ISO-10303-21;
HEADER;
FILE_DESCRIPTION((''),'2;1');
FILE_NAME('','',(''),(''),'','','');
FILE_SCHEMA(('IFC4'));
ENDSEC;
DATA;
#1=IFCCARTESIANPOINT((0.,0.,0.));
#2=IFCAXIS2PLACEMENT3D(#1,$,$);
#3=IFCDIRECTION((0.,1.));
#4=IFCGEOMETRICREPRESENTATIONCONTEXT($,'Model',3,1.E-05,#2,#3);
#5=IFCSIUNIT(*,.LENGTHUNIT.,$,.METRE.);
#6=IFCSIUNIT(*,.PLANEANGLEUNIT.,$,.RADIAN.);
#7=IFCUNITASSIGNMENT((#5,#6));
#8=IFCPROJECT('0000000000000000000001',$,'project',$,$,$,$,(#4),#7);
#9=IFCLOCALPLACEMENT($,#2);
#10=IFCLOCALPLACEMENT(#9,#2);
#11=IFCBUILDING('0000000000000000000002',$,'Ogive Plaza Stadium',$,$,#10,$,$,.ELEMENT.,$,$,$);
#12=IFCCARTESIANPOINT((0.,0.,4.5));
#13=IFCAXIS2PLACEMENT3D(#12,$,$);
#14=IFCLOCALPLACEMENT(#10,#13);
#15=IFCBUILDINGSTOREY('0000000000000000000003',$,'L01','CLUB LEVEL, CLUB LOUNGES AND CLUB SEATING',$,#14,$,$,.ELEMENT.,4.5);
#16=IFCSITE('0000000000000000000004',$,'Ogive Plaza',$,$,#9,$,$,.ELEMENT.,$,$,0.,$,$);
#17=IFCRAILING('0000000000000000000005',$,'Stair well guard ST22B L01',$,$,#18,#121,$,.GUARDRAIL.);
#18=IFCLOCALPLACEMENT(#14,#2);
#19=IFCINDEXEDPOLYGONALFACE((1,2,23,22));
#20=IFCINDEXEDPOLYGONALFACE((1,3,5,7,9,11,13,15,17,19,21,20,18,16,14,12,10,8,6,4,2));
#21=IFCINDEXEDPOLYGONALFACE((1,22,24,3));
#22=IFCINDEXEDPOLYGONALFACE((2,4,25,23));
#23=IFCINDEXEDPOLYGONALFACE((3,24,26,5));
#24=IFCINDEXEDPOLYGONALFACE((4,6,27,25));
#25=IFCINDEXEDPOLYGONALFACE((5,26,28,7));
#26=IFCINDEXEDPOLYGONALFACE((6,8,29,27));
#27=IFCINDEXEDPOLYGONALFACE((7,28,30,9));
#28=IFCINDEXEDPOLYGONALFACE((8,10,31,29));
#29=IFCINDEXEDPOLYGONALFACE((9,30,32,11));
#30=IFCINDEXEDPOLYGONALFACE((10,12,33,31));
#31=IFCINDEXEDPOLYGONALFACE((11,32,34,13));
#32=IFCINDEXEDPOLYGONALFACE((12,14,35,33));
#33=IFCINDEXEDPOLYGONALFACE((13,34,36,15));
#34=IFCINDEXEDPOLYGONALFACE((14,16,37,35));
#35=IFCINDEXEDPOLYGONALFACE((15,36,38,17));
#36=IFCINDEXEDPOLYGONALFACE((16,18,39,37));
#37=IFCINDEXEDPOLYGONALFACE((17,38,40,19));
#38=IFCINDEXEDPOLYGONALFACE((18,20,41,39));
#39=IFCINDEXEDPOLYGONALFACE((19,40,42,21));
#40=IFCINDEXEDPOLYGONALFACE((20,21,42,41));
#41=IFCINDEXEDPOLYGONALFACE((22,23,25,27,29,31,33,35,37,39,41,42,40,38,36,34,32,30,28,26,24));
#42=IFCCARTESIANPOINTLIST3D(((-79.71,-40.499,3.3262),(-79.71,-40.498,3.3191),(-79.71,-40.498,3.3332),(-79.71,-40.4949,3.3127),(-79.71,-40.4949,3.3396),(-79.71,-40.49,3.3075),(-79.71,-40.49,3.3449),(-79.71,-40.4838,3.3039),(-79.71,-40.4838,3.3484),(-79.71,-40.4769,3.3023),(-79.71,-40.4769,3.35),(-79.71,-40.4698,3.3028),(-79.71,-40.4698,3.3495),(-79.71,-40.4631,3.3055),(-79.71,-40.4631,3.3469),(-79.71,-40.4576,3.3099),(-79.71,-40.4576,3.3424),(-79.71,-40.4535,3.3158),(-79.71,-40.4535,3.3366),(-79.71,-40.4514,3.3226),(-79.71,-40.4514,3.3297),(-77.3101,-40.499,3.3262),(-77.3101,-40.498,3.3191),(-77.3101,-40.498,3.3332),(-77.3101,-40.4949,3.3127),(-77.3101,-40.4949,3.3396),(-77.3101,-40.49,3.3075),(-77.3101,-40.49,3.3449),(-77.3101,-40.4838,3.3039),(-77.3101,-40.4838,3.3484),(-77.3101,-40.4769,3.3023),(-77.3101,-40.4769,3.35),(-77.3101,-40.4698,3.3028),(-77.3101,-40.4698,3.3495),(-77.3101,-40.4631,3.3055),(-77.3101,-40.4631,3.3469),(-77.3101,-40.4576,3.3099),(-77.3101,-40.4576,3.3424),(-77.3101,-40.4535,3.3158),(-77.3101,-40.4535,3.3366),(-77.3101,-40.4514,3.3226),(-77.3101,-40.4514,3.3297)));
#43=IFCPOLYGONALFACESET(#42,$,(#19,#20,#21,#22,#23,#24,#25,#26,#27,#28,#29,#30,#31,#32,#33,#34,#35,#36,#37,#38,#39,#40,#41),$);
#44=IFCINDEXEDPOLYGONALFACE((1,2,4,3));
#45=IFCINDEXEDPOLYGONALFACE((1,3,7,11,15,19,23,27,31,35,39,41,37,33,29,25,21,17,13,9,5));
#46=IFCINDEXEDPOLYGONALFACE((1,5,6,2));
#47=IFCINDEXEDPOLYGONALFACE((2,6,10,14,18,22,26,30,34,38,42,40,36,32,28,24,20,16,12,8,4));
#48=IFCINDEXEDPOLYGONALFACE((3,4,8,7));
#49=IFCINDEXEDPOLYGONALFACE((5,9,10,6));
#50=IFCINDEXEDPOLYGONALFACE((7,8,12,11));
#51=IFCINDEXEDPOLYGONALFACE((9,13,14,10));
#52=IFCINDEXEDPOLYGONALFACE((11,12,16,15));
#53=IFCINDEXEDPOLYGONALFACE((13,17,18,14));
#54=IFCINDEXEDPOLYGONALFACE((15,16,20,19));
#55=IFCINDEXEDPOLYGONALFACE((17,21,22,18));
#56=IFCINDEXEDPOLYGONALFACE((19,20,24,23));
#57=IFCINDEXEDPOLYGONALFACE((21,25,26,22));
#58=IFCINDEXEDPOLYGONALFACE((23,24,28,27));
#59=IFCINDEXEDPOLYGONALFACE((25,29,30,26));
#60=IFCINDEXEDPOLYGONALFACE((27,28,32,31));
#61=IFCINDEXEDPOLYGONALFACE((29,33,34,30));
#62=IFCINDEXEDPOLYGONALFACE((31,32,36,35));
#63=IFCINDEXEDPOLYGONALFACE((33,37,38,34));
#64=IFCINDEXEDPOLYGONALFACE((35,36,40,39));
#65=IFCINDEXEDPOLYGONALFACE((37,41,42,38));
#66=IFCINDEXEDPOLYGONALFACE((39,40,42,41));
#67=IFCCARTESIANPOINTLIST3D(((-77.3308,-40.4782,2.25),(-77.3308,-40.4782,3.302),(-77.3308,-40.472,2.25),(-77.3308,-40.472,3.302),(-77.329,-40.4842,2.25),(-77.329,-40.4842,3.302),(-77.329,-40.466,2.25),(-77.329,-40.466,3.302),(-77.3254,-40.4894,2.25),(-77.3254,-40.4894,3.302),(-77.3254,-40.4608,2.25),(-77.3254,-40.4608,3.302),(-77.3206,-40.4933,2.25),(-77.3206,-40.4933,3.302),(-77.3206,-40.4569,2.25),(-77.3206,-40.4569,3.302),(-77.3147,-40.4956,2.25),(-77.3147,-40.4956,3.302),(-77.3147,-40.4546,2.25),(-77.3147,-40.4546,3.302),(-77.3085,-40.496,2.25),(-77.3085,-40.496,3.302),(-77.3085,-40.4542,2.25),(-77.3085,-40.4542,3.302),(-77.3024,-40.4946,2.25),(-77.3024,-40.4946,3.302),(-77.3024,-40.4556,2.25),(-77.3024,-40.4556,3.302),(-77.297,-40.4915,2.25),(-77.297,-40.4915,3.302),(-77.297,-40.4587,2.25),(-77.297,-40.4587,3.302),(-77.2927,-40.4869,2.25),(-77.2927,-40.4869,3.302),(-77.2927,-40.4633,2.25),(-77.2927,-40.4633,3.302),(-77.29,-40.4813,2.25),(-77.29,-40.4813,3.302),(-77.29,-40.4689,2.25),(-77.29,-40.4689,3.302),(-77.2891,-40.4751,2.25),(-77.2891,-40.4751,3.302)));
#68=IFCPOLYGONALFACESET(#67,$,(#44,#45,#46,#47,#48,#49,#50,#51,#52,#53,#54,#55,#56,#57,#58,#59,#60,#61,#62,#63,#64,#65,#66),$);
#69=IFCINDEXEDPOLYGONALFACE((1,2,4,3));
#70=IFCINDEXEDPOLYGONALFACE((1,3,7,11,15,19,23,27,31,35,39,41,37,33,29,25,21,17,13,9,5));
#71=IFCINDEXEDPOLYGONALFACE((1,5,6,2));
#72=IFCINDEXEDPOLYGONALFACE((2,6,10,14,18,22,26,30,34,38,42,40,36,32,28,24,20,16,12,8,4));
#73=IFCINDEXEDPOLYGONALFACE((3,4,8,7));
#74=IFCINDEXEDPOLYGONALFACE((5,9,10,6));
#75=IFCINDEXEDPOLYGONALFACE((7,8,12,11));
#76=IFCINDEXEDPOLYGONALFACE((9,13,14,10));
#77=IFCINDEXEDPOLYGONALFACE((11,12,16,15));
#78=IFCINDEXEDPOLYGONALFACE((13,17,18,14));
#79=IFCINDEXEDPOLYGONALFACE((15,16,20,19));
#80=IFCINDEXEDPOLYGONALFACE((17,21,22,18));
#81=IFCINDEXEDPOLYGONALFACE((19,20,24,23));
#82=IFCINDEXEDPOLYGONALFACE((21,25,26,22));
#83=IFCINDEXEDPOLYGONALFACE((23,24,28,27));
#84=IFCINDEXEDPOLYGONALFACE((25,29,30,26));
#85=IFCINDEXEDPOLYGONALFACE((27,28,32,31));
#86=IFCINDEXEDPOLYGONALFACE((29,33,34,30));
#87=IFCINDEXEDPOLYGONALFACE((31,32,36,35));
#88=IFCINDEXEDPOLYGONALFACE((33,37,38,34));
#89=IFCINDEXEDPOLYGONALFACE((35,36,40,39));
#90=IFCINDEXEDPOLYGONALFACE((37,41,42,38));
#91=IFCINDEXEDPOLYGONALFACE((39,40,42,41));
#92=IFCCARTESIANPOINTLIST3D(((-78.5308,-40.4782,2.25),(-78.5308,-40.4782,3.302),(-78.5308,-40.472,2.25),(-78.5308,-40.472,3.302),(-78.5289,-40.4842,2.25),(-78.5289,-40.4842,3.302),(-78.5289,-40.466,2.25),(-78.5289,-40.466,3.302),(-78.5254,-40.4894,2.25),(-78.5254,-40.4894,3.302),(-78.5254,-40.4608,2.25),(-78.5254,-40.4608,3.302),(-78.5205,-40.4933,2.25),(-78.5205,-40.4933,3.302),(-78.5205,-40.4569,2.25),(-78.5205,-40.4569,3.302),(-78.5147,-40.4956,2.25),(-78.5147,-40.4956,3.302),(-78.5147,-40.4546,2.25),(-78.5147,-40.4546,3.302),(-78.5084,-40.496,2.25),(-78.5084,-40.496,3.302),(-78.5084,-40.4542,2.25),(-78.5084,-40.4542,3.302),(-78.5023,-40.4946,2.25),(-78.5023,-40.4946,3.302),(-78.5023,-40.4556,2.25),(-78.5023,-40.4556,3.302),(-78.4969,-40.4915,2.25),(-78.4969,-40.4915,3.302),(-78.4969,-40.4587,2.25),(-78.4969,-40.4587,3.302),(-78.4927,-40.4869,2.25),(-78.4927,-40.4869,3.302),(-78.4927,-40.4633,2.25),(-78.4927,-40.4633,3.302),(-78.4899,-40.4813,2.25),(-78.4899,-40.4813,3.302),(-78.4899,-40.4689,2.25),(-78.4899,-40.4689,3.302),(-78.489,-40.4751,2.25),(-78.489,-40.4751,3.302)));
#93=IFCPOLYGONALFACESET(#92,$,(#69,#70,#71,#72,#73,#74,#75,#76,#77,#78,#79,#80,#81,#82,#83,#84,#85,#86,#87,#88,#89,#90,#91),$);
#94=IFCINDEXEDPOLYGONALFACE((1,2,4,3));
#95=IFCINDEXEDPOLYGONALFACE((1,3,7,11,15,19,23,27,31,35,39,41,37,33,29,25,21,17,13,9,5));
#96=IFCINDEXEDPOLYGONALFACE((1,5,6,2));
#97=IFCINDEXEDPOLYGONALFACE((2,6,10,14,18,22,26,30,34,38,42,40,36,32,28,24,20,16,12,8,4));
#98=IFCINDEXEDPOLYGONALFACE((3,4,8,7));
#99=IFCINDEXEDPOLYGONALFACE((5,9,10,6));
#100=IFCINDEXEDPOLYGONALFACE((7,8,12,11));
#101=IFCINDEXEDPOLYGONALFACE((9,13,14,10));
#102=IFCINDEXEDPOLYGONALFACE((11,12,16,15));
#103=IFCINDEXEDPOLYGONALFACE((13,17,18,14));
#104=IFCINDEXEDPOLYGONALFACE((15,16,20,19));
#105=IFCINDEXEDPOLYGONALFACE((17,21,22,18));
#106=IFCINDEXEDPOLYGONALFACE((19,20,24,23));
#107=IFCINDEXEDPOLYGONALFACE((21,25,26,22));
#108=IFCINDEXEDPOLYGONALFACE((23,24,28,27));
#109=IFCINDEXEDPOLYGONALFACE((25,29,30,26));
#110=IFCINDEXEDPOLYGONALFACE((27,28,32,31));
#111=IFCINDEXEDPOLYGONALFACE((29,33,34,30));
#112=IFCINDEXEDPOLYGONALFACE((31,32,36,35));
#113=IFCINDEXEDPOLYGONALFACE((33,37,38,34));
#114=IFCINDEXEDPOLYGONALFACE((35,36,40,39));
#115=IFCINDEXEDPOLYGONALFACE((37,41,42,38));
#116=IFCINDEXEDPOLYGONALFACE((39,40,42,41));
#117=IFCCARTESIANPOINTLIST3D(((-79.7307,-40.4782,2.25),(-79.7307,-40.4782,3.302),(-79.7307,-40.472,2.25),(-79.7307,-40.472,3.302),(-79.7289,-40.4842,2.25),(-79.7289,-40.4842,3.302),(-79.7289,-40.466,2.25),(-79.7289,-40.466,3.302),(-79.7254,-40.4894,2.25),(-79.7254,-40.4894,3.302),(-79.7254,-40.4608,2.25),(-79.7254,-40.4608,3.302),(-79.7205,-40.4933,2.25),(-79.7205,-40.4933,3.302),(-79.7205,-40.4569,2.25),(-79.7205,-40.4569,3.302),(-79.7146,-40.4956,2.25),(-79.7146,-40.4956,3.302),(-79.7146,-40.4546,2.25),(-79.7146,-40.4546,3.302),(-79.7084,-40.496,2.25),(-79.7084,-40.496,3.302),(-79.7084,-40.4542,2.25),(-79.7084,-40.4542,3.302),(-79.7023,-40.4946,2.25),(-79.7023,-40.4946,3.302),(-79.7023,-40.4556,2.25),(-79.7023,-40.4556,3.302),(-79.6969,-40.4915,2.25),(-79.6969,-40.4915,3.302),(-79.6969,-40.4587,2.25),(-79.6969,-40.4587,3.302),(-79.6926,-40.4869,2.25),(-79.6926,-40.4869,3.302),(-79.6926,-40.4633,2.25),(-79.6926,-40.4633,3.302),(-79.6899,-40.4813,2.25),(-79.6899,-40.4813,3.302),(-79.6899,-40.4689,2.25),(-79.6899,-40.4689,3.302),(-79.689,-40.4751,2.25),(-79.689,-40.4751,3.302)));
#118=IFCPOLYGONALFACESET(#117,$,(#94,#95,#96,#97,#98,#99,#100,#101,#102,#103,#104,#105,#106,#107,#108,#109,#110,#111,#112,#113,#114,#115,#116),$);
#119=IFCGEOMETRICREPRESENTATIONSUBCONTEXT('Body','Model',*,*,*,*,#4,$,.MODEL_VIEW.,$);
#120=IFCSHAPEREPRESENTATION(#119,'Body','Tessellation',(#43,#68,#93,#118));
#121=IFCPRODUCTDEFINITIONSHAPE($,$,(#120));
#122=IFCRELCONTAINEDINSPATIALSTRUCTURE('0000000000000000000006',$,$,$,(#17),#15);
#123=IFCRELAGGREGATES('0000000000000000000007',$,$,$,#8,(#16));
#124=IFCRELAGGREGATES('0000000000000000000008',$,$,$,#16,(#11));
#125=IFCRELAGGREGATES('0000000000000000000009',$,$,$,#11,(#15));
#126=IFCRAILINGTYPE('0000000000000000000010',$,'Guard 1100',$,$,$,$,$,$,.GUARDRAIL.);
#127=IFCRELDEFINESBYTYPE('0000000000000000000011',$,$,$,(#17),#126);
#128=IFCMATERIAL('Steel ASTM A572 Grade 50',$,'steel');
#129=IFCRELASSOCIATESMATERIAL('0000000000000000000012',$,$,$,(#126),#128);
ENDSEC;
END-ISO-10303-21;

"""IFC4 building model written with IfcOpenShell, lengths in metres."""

from ifc_helpers import new_model, si_unit, direction, frame, origin, origin_2d, place, context, subcontext, project, spatial, circle, extrude, material, type_object, element, save


model = new_model("IFC4")

# Units and contexts
model_context = context("Model", 3, precision=1e-05, world=origin(), true_north=direction((0.0, 1.0)))
body_context = subcontext(model_context, "Body", "Model", "MODEL_VIEW")
ifc_project = project(units=[si_unit("LENGTHUNIT", "METRE"), si_unit("PLANEANGLEUNIT", "RADIAN")], contexts=[model_context])

# Site, building, storey
site_placement = place(None, origin())
site = spatial("IfcSite", under=ifc_project, at=site_placement, Name="Ogive Plaza", CompositionType="ELEMENT", RefElevation=0.0)
building_placement = place(site_placement, origin())
building = spatial("IfcBuilding", under=site, at=building_placement, Name="Ogive Plaza Stadium", CompositionType="ELEMENT")
storey_placement = place(building_placement, frame((0.0, 0.0, 4.5)))
storey = spatial("IfcBuildingStorey", under=building, at=storey_placement, Name="L01", Description="CLUB LEVEL, CLUB LOUNGES AND CLUB SEATING", CompositionType="ELEMENT", Elevation=4.5)

# Railing
ifc_material_1 = material(Name="Steel ASTM A572 Grade 50", Category="steel")
railing_type_1 = type_object("IfcRailingType", Name="Guard 1100", PredefinedType="GUARDRAIL", material=ifc_material_1)
for number, where, name in (
    (1, (-77.3101, -40.4751, 2.25), "Stair well guard ST22B L01"),
):
    element("IfcRailing", number, at=place(storey_placement, frame(where)), inside=storey, type_object=railing_type_1, Name=name, PredefinedType="GUARDRAIL", context=body_context, shape_type="SweptSolid", body=[
        extrude(circle(Radius=0.0239, at=origin_2d()), frame((0.0, 0.0, 1.0762), z_axis=(-1.0, 0.0, 0.0), x_axis=(0.0, -1.0, 0.0)), (0.0, 0.0, 1.0), 2.3999),
        extrude(circle(Radius=0.021, at=origin_2d()), origin(), (0.0, 0.0, 1.0), 1.052),
        extrude(circle(Radius=0.021, at=origin_2d()), frame((-1.2, 0.0, 0.0)), (0.0, 0.0, 1.0), 1.052),
        extrude(circle(Radius=0.021, at=origin_2d()), frame((-2.3999, 0.0, 0.0)), (0.0, 0.0, 1.0), 1.052),
    ])

save(model, "model.ifc")
